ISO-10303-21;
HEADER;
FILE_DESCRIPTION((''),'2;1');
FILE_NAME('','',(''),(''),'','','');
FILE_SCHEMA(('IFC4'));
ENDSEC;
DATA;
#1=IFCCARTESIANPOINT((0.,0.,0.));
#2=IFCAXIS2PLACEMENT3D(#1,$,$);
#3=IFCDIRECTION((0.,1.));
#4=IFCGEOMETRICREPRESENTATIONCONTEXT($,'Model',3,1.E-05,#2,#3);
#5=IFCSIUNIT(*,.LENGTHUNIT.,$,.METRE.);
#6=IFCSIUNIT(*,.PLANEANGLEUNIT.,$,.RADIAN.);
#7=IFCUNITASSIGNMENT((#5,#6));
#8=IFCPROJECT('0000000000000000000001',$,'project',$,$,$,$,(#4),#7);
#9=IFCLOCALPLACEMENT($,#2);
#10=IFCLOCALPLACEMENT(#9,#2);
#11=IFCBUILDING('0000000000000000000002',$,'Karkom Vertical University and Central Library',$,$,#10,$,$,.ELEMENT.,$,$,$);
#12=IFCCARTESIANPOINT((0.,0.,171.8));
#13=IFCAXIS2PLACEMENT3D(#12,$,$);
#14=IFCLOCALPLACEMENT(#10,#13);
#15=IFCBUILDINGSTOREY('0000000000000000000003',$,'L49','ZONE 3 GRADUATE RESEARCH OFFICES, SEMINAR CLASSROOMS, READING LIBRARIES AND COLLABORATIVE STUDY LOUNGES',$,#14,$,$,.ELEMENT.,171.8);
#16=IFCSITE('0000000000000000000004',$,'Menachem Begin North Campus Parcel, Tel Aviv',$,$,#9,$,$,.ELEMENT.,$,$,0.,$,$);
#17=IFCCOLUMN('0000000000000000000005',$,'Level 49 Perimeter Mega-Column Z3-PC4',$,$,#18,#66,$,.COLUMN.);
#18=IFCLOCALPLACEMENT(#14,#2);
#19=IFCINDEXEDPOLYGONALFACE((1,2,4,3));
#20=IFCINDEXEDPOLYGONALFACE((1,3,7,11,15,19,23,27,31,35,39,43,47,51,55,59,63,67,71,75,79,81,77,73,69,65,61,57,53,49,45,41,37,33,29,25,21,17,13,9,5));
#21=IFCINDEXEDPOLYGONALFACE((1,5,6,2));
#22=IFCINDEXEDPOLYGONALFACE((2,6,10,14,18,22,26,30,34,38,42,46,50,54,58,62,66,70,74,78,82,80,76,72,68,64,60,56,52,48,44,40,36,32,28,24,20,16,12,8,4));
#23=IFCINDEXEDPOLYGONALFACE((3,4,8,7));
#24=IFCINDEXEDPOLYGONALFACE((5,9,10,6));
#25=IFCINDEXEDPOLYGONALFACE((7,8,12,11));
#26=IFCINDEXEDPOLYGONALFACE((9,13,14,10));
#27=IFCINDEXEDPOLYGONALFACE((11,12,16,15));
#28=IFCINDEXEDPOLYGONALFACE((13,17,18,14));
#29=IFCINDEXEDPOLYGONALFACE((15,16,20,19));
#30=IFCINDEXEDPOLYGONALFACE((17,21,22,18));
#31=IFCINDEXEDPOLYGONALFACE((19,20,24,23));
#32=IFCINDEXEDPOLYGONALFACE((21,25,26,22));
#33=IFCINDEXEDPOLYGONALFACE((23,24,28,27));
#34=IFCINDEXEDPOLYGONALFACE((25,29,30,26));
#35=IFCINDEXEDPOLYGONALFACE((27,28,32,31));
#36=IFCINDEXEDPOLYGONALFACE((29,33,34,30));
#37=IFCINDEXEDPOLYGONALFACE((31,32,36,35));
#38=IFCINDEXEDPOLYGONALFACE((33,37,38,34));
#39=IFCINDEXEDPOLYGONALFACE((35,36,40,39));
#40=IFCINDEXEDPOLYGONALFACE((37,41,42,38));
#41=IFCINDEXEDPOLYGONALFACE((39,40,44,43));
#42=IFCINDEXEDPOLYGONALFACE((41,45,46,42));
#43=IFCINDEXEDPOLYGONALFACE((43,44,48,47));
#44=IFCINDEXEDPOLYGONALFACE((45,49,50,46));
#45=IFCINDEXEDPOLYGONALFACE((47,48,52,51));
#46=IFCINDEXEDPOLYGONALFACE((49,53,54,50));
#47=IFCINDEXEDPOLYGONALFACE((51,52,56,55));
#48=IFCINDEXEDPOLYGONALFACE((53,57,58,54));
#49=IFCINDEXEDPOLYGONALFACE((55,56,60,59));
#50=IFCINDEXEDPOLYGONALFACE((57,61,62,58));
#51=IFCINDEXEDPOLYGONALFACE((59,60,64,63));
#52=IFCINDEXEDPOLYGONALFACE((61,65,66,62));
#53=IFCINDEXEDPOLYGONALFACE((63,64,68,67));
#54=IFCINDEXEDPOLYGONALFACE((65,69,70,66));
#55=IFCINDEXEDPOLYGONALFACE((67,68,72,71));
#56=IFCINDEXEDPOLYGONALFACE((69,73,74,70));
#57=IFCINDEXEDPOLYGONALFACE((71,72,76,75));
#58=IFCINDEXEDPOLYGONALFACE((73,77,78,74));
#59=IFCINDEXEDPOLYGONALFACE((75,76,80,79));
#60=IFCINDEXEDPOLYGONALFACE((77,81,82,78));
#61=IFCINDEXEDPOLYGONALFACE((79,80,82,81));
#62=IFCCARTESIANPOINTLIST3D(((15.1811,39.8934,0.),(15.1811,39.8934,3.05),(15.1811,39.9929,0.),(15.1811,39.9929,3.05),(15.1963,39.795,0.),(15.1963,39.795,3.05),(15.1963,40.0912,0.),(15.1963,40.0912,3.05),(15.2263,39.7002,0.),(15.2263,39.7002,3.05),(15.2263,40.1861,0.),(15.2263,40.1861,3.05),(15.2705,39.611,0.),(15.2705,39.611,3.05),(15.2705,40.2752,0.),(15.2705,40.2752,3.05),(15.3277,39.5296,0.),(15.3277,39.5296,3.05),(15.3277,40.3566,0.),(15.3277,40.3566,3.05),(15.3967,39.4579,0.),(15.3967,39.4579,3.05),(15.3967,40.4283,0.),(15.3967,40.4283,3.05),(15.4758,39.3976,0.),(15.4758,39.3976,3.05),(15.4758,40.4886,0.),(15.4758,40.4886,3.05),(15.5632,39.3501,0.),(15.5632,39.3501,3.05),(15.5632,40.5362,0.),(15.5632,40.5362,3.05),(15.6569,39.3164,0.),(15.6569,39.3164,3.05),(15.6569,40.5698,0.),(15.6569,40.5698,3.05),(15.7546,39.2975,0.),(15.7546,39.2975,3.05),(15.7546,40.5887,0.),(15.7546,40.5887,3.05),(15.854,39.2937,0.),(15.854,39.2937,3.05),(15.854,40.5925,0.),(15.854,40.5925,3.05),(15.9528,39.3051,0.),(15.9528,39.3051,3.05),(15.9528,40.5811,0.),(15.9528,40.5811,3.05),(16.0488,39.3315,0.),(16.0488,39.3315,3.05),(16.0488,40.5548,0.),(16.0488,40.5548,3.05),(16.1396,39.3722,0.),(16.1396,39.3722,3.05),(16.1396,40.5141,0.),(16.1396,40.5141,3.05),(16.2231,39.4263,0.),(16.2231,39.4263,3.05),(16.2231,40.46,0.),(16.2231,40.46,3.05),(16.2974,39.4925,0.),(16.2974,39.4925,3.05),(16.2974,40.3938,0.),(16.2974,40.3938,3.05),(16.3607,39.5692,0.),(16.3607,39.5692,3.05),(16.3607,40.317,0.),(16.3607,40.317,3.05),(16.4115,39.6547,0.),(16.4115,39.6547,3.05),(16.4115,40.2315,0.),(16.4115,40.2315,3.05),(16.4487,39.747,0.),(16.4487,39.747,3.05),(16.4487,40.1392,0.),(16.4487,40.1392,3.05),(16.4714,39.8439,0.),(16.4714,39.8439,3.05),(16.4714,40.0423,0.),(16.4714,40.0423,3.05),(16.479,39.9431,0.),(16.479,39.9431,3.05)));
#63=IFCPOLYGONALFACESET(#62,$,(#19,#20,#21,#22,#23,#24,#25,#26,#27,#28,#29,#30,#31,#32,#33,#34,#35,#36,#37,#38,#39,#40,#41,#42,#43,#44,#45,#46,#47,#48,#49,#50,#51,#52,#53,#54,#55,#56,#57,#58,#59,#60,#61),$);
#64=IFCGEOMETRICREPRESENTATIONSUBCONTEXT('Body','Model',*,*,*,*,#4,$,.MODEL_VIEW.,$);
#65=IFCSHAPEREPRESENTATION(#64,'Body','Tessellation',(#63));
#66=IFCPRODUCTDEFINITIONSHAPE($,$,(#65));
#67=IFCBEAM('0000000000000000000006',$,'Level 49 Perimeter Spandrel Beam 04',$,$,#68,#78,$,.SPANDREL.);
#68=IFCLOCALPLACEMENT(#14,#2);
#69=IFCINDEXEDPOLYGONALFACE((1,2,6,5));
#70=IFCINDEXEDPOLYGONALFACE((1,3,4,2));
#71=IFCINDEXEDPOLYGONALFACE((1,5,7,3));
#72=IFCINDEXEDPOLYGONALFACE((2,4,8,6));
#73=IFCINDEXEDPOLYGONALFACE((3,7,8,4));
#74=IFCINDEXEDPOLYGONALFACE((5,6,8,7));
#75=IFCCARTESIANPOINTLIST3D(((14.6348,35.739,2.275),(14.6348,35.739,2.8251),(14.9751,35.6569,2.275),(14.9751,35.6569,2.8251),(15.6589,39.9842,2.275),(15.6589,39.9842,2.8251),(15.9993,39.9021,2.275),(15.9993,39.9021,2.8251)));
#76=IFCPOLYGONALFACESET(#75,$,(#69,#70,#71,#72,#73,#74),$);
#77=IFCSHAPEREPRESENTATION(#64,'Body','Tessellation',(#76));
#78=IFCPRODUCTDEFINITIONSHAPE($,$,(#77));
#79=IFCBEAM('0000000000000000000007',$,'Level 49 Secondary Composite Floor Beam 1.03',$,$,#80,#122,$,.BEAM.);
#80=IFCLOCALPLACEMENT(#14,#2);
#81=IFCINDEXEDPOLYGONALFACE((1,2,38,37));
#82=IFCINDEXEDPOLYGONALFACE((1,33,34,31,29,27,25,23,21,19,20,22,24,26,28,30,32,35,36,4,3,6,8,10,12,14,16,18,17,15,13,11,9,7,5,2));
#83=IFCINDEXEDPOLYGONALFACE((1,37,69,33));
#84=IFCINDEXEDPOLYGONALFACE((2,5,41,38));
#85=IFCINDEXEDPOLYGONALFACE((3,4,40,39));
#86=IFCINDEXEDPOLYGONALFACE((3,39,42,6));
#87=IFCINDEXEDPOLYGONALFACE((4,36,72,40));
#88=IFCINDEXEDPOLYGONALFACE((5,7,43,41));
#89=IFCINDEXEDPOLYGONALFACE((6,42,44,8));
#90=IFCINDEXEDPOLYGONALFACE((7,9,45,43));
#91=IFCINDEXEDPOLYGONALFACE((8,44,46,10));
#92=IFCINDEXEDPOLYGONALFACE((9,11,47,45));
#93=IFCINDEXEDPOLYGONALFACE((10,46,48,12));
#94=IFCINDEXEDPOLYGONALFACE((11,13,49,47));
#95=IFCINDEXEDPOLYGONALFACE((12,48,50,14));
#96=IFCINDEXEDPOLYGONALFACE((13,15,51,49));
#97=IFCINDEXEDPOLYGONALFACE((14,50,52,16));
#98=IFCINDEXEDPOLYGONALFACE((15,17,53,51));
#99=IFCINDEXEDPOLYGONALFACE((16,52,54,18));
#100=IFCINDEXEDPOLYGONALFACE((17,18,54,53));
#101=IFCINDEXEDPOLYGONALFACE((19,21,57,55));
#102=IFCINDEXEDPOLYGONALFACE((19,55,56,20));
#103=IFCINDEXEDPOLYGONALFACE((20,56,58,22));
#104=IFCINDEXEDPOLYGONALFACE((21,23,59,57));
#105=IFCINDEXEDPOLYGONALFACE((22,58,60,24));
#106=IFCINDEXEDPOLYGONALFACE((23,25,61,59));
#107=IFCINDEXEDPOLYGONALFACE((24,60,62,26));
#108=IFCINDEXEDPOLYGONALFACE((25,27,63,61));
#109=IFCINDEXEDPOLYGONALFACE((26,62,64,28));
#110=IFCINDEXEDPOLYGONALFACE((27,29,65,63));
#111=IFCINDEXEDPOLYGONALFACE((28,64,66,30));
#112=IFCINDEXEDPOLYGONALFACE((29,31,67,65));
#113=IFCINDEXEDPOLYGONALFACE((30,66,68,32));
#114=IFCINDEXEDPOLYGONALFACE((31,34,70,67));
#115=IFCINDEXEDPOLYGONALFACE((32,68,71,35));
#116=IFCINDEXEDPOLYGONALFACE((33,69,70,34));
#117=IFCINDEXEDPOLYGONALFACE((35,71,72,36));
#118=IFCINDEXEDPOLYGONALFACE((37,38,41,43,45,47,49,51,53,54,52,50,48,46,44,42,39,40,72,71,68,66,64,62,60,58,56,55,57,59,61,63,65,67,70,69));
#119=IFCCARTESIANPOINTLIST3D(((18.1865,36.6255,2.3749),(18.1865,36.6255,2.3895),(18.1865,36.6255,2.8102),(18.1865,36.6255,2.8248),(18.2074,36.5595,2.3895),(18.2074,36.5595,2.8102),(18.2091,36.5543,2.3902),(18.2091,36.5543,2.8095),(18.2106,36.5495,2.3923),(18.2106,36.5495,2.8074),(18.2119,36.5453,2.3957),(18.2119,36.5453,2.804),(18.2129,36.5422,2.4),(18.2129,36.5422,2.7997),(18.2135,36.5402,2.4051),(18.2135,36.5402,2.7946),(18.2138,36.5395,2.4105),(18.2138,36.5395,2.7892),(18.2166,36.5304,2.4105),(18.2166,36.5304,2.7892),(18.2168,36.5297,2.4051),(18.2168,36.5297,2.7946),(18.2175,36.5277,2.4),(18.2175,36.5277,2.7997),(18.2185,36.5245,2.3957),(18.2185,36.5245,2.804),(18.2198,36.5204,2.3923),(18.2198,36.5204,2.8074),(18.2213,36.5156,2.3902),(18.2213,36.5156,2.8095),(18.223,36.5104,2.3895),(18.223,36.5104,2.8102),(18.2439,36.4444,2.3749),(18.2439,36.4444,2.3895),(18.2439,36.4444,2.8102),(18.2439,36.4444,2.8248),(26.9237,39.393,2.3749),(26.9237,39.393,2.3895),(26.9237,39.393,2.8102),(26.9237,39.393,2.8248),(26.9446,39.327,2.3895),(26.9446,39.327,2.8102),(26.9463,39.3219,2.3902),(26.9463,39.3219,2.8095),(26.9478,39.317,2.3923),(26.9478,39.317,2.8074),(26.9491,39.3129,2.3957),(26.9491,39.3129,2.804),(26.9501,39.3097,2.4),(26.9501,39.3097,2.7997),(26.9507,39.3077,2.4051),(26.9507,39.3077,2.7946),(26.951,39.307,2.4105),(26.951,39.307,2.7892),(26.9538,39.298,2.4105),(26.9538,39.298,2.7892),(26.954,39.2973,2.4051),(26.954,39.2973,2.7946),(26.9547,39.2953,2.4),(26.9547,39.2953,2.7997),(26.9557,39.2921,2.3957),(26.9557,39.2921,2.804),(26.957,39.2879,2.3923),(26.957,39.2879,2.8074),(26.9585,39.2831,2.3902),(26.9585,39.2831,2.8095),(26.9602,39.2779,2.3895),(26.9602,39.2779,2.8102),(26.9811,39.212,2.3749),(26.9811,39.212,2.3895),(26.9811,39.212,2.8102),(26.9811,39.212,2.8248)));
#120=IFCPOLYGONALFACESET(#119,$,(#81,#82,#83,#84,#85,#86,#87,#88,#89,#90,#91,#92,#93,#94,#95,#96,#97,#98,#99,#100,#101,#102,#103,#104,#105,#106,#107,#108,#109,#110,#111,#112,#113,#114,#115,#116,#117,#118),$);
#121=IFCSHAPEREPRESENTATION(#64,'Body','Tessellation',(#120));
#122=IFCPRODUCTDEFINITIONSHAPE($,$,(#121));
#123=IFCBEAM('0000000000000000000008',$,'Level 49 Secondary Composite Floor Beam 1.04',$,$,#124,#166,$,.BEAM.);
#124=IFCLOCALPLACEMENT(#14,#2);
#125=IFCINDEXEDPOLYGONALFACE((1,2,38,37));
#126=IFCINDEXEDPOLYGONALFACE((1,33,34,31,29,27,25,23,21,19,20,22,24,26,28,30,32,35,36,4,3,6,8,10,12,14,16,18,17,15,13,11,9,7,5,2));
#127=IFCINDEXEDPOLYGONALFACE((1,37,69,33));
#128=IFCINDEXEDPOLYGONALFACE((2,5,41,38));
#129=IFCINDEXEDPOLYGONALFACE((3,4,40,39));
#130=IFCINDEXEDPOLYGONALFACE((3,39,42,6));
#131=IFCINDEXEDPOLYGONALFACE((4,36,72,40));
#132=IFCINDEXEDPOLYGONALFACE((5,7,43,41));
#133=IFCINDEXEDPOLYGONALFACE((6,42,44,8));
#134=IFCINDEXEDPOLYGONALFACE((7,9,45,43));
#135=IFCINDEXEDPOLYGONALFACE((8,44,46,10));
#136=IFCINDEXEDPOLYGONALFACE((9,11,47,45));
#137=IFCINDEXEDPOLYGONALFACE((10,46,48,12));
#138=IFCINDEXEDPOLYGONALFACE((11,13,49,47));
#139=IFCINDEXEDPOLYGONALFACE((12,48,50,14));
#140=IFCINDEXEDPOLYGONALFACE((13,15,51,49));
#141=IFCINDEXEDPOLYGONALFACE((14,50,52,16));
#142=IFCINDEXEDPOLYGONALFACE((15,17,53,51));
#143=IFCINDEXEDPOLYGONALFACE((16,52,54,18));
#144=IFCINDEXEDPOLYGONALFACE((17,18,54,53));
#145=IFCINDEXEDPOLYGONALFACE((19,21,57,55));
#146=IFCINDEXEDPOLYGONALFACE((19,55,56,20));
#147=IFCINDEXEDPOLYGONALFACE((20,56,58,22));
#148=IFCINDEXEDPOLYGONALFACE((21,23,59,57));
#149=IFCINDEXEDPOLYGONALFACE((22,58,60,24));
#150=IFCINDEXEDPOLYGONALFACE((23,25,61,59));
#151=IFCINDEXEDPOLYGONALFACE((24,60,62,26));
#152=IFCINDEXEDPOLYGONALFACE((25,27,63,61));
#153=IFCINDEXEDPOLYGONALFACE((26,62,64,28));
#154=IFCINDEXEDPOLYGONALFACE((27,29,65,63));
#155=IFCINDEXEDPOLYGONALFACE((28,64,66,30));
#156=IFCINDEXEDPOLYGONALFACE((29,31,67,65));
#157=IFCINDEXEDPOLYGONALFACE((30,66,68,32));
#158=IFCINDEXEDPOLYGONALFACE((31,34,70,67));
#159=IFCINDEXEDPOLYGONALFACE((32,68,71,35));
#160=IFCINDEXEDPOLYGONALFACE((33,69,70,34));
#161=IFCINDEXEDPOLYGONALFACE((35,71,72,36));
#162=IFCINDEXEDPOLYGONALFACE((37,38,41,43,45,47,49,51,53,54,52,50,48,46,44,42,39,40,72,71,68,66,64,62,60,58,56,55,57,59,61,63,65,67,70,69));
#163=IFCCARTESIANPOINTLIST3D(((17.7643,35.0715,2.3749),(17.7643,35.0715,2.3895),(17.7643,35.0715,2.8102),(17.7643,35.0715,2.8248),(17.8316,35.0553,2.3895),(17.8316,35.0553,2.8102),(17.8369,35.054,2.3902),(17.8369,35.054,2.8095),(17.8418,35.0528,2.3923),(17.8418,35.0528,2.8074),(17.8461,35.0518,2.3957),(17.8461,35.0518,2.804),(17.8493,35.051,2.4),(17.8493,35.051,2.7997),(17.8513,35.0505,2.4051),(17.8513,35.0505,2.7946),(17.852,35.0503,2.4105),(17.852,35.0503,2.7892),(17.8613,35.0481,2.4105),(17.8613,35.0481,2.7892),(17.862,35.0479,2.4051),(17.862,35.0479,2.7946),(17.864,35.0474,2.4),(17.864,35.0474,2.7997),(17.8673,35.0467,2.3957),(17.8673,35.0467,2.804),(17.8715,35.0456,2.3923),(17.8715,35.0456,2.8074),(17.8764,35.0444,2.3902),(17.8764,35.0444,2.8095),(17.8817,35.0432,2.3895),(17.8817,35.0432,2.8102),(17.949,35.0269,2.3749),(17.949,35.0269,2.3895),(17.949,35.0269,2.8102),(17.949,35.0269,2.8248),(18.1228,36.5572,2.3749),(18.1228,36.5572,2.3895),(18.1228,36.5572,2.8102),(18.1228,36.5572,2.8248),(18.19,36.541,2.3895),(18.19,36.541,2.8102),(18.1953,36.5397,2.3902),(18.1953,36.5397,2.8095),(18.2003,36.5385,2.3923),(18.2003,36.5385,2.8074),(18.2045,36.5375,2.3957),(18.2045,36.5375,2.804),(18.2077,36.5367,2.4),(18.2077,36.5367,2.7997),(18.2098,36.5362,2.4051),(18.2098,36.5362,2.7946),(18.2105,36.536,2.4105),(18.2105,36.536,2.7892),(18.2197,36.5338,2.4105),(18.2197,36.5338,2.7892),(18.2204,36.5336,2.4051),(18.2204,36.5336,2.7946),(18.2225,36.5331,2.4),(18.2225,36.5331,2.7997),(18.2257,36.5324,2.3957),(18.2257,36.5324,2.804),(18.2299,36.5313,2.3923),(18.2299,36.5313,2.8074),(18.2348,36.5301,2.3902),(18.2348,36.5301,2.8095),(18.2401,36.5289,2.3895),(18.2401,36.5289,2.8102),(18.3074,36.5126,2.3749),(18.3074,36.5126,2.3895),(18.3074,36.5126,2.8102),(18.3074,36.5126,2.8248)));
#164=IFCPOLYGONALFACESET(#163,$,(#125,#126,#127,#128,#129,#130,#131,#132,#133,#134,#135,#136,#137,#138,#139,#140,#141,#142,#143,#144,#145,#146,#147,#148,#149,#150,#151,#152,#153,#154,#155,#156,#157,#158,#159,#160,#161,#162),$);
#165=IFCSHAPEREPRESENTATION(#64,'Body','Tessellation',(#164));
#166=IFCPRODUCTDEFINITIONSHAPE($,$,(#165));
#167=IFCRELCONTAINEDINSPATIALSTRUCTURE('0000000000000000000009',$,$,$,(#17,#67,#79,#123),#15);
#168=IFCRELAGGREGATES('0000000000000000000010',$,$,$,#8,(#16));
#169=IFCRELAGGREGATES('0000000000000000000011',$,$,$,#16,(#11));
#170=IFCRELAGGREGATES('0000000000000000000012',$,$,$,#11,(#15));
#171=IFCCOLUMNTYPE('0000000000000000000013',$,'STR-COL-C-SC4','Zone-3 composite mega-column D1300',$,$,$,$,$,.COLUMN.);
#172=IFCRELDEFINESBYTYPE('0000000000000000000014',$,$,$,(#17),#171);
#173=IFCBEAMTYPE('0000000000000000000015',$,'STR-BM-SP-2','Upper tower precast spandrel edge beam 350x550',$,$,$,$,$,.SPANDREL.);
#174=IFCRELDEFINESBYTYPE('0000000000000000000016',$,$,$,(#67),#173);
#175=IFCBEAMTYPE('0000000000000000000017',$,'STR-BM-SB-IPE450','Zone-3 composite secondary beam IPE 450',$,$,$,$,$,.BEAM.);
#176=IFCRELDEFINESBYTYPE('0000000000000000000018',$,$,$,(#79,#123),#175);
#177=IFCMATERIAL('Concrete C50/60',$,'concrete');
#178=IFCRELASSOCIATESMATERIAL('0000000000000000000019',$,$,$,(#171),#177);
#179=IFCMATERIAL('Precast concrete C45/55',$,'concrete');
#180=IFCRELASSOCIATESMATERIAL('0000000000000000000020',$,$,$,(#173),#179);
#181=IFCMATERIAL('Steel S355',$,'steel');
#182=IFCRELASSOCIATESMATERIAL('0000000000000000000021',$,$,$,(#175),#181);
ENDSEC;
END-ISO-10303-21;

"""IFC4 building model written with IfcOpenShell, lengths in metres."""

from ifc_helpers import new_model, si_unit, direction, frame, origin, origin_with_axes, origin_2d, place, context, subcontext, project, spatial, rectangle, circle, i_section, extrude, source, transform, mapped, material, material_profile, profile_set, type_object, element, save


model = new_model("IFC4")

# Units and contexts
model_context = context("Model", 3, precision=1e-05, world=origin(), true_north=direction((0.0, 1.0)))
body_context = subcontext(model_context, "Body", "Model", "MODEL_VIEW")
ifc_project = project(units=[si_unit("LENGTHUNIT", "METRE"), si_unit("PLANEANGLEUNIT", "RADIAN")], contexts=[model_context])

# Site, building, storey
site_placement = place(None, origin())
site = spatial("IfcSite", under=ifc_project, at=site_placement, Name="Menachem Begin North Campus Parcel, Tel Aviv", CompositionType="ELEMENT", RefElevation=0.0)
building_placement = place(site_placement, origin())
building = spatial("IfcBuilding", under=site, at=building_placement, Name="Karkom Vertical University and Central Library", CompositionType="ELEMENT")
storey_placement = place(building_placement, frame((0.0, 0.0, 171.8)))
storey = spatial("IfcBuildingStorey", under=building, at=storey_placement, Name="L49", Description="ZONE 3 GRADUATE RESEARCH OFFICES, SEMINAR CLASSROOMS, READING LIBRARIES AND COLLABORATIVE STUDY LOUNGES", CompositionType="ELEMENT", Elevation=171.8)

# Column
ifc_material_1 = material(Name="Concrete C50/60", Category="concrete")
ifc_material_profile_1 = material_profile(ifc_material_1, circle(Radius=0.6499, at=origin_2d()), Name="CFT-D1300")
ifc_profile_set_1 = profile_set([ifc_material_profile_1], Name="Concrete C50/60")
column_type = type_object("IfcColumnType", Name="STR-COL-C-SC4", Description="Zone-3 composite mega-column D1300", PredefinedType="COLUMN", material=ifc_profile_set_1)
shared_shape_1 = source(origin_with_axes(), body_context, "Body", "SweptSolid", [
    extrude(circle(Radius=0.6499, at=origin_2d()), origin(), (0.0, 0.0, 1.0), 3.05),
])
column_placement = place(storey_placement, frame((15.8291, 39.9431, 0.0), z_axis=(0.0, 0.0, 1.0), x_axis=(1.0, 0.0, 0.0)))
element("IfcColumn", 1, at=column_placement, inside=storey, type_object=column_type, Name="Level 49 Perimeter Mega-Column Z3-PC4", PredefinedType="COLUMN", context=body_context, shape_type="MappedRepresentation", body=[
    mapped(shared_shape_1, transform((0.0, 0.0, 0.0), scale=1.0)),
])

# Beams
ifc_material_2 = material(Name="Precast concrete C45/55", Category="concrete")
ifc_material_profile_2 = material_profile(ifc_material_2, rectangle(XDim=0.3501, YDim=0.55, at=origin_2d()), Name="SPB-350x550")
ifc_profile_set_2 = profile_set([ifc_material_profile_2], Name="Precast concrete C45/55")
beam_type_1 = type_object("IfcBeamType", Name="STR-BM-SP-2", Description="Upper tower precast spandrel edge beam 350x550", PredefinedType="SPANDREL", material=ifc_profile_set_2)
shared_shape_2 = source(origin_with_axes(), body_context, "Body", "SweptSolid", [
    extrude(rectangle(XDim=0.3501, YDim=0.55, at=origin_2d()), origin(), (0.0, 0.0, 1.0), 4.3669),
])
beam_1_placement = place(storey_placement, frame((15.8291, 39.9431, 2.55), z_axis=(-0.234529, -0.972109, 0.0), x_axis=(0.972109, -0.234529, 0.0)))
element("IfcBeam", 2, at=beam_1_placement, inside=storey, type_object=beam_type_1, Name="Level 49 Perimeter Spandrel Beam 04", PredefinedType="SPANDREL", context=body_context, shape_type="MappedRepresentation", body=[
    mapped(shared_shape_2, transform((0.0, 0.0, 0.0), scale=1.0)),
])
ifc_material_3 = material(Name="Steel S355", Category="steel")
ifc_material_profile_3 = material_profile(ifc_material_3, i_section(OverallWidth=0.1899, OverallDepth=0.45, WebThickness=0.0095, FlangeThickness=0.0146, FilletRadius=0.021, at=origin_2d()), Name="IPE 450")
ifc_profile_set_3 = profile_set([ifc_material_profile_3], Name="Steel S355")
beam_type_2 = type_object("IfcBeamType", Name="STR-BM-SB-IPE450", Description="Zone-3 composite secondary beam IPE 450", PredefinedType="BEAM", material=ifc_profile_set_3)
shared_shape_3 = source(origin_with_axes(), body_context, "Body", "SweptSolid", [
    extrude(i_section(OverallWidth=0.1899, OverallDepth=0.45, WebThickness=0.0095, FlangeThickness=0.0146, FilletRadius=0.021, at=origin_2d()), origin(), (0.0, 0.0, 1.0), 9.165),
])
beam_2_placement = place(storey_placement, frame((26.9524, 39.3025, 2.5999), z_axis=(-0.953318, -0.301968, 0.0), x_axis=(0.301968, -0.953318, 0.0)))
element("IfcBeam", 3, at=beam_2_placement, inside=storey, type_object=beam_type_2, Name="Level 49 Secondary Composite Floor Beam 1.03", PredefinedType="BEAM", context=body_context, shape_type="MappedRepresentation", body=[
    mapped(shared_shape_3, transform((0.0, 0.0, 0.0), scale=1.0)),
])
shared_shape_4 = source(origin_with_axes(), body_context, "Body", "SweptSolid", [
    extrude(i_section(OverallWidth=0.1899, OverallDepth=0.45, WebThickness=0.0095, FlangeThickness=0.0146, FilletRadius=0.021, at=origin_2d()), origin(), (0.0, 0.0, 1.0), 1.5283),
])
beam_3_placement = place(storey_placement, frame((18.2151, 36.5349, 2.5999), z_axis=(-0.234521, -0.972111, 0.0), x_axis=(0.972111, -0.234521, 0.0)))
element("IfcBeam", 4, at=beam_3_placement, inside=storey, type_object=beam_type_2, Name="Level 49 Secondary Composite Floor Beam 1.04", PredefinedType="BEAM", context=body_context, shape_type="MappedRepresentation", body=[
    mapped(shared_shape_4, transform((0.0, 0.0, 0.0), scale=1.0)),
])

save(model, "model.ifc")
